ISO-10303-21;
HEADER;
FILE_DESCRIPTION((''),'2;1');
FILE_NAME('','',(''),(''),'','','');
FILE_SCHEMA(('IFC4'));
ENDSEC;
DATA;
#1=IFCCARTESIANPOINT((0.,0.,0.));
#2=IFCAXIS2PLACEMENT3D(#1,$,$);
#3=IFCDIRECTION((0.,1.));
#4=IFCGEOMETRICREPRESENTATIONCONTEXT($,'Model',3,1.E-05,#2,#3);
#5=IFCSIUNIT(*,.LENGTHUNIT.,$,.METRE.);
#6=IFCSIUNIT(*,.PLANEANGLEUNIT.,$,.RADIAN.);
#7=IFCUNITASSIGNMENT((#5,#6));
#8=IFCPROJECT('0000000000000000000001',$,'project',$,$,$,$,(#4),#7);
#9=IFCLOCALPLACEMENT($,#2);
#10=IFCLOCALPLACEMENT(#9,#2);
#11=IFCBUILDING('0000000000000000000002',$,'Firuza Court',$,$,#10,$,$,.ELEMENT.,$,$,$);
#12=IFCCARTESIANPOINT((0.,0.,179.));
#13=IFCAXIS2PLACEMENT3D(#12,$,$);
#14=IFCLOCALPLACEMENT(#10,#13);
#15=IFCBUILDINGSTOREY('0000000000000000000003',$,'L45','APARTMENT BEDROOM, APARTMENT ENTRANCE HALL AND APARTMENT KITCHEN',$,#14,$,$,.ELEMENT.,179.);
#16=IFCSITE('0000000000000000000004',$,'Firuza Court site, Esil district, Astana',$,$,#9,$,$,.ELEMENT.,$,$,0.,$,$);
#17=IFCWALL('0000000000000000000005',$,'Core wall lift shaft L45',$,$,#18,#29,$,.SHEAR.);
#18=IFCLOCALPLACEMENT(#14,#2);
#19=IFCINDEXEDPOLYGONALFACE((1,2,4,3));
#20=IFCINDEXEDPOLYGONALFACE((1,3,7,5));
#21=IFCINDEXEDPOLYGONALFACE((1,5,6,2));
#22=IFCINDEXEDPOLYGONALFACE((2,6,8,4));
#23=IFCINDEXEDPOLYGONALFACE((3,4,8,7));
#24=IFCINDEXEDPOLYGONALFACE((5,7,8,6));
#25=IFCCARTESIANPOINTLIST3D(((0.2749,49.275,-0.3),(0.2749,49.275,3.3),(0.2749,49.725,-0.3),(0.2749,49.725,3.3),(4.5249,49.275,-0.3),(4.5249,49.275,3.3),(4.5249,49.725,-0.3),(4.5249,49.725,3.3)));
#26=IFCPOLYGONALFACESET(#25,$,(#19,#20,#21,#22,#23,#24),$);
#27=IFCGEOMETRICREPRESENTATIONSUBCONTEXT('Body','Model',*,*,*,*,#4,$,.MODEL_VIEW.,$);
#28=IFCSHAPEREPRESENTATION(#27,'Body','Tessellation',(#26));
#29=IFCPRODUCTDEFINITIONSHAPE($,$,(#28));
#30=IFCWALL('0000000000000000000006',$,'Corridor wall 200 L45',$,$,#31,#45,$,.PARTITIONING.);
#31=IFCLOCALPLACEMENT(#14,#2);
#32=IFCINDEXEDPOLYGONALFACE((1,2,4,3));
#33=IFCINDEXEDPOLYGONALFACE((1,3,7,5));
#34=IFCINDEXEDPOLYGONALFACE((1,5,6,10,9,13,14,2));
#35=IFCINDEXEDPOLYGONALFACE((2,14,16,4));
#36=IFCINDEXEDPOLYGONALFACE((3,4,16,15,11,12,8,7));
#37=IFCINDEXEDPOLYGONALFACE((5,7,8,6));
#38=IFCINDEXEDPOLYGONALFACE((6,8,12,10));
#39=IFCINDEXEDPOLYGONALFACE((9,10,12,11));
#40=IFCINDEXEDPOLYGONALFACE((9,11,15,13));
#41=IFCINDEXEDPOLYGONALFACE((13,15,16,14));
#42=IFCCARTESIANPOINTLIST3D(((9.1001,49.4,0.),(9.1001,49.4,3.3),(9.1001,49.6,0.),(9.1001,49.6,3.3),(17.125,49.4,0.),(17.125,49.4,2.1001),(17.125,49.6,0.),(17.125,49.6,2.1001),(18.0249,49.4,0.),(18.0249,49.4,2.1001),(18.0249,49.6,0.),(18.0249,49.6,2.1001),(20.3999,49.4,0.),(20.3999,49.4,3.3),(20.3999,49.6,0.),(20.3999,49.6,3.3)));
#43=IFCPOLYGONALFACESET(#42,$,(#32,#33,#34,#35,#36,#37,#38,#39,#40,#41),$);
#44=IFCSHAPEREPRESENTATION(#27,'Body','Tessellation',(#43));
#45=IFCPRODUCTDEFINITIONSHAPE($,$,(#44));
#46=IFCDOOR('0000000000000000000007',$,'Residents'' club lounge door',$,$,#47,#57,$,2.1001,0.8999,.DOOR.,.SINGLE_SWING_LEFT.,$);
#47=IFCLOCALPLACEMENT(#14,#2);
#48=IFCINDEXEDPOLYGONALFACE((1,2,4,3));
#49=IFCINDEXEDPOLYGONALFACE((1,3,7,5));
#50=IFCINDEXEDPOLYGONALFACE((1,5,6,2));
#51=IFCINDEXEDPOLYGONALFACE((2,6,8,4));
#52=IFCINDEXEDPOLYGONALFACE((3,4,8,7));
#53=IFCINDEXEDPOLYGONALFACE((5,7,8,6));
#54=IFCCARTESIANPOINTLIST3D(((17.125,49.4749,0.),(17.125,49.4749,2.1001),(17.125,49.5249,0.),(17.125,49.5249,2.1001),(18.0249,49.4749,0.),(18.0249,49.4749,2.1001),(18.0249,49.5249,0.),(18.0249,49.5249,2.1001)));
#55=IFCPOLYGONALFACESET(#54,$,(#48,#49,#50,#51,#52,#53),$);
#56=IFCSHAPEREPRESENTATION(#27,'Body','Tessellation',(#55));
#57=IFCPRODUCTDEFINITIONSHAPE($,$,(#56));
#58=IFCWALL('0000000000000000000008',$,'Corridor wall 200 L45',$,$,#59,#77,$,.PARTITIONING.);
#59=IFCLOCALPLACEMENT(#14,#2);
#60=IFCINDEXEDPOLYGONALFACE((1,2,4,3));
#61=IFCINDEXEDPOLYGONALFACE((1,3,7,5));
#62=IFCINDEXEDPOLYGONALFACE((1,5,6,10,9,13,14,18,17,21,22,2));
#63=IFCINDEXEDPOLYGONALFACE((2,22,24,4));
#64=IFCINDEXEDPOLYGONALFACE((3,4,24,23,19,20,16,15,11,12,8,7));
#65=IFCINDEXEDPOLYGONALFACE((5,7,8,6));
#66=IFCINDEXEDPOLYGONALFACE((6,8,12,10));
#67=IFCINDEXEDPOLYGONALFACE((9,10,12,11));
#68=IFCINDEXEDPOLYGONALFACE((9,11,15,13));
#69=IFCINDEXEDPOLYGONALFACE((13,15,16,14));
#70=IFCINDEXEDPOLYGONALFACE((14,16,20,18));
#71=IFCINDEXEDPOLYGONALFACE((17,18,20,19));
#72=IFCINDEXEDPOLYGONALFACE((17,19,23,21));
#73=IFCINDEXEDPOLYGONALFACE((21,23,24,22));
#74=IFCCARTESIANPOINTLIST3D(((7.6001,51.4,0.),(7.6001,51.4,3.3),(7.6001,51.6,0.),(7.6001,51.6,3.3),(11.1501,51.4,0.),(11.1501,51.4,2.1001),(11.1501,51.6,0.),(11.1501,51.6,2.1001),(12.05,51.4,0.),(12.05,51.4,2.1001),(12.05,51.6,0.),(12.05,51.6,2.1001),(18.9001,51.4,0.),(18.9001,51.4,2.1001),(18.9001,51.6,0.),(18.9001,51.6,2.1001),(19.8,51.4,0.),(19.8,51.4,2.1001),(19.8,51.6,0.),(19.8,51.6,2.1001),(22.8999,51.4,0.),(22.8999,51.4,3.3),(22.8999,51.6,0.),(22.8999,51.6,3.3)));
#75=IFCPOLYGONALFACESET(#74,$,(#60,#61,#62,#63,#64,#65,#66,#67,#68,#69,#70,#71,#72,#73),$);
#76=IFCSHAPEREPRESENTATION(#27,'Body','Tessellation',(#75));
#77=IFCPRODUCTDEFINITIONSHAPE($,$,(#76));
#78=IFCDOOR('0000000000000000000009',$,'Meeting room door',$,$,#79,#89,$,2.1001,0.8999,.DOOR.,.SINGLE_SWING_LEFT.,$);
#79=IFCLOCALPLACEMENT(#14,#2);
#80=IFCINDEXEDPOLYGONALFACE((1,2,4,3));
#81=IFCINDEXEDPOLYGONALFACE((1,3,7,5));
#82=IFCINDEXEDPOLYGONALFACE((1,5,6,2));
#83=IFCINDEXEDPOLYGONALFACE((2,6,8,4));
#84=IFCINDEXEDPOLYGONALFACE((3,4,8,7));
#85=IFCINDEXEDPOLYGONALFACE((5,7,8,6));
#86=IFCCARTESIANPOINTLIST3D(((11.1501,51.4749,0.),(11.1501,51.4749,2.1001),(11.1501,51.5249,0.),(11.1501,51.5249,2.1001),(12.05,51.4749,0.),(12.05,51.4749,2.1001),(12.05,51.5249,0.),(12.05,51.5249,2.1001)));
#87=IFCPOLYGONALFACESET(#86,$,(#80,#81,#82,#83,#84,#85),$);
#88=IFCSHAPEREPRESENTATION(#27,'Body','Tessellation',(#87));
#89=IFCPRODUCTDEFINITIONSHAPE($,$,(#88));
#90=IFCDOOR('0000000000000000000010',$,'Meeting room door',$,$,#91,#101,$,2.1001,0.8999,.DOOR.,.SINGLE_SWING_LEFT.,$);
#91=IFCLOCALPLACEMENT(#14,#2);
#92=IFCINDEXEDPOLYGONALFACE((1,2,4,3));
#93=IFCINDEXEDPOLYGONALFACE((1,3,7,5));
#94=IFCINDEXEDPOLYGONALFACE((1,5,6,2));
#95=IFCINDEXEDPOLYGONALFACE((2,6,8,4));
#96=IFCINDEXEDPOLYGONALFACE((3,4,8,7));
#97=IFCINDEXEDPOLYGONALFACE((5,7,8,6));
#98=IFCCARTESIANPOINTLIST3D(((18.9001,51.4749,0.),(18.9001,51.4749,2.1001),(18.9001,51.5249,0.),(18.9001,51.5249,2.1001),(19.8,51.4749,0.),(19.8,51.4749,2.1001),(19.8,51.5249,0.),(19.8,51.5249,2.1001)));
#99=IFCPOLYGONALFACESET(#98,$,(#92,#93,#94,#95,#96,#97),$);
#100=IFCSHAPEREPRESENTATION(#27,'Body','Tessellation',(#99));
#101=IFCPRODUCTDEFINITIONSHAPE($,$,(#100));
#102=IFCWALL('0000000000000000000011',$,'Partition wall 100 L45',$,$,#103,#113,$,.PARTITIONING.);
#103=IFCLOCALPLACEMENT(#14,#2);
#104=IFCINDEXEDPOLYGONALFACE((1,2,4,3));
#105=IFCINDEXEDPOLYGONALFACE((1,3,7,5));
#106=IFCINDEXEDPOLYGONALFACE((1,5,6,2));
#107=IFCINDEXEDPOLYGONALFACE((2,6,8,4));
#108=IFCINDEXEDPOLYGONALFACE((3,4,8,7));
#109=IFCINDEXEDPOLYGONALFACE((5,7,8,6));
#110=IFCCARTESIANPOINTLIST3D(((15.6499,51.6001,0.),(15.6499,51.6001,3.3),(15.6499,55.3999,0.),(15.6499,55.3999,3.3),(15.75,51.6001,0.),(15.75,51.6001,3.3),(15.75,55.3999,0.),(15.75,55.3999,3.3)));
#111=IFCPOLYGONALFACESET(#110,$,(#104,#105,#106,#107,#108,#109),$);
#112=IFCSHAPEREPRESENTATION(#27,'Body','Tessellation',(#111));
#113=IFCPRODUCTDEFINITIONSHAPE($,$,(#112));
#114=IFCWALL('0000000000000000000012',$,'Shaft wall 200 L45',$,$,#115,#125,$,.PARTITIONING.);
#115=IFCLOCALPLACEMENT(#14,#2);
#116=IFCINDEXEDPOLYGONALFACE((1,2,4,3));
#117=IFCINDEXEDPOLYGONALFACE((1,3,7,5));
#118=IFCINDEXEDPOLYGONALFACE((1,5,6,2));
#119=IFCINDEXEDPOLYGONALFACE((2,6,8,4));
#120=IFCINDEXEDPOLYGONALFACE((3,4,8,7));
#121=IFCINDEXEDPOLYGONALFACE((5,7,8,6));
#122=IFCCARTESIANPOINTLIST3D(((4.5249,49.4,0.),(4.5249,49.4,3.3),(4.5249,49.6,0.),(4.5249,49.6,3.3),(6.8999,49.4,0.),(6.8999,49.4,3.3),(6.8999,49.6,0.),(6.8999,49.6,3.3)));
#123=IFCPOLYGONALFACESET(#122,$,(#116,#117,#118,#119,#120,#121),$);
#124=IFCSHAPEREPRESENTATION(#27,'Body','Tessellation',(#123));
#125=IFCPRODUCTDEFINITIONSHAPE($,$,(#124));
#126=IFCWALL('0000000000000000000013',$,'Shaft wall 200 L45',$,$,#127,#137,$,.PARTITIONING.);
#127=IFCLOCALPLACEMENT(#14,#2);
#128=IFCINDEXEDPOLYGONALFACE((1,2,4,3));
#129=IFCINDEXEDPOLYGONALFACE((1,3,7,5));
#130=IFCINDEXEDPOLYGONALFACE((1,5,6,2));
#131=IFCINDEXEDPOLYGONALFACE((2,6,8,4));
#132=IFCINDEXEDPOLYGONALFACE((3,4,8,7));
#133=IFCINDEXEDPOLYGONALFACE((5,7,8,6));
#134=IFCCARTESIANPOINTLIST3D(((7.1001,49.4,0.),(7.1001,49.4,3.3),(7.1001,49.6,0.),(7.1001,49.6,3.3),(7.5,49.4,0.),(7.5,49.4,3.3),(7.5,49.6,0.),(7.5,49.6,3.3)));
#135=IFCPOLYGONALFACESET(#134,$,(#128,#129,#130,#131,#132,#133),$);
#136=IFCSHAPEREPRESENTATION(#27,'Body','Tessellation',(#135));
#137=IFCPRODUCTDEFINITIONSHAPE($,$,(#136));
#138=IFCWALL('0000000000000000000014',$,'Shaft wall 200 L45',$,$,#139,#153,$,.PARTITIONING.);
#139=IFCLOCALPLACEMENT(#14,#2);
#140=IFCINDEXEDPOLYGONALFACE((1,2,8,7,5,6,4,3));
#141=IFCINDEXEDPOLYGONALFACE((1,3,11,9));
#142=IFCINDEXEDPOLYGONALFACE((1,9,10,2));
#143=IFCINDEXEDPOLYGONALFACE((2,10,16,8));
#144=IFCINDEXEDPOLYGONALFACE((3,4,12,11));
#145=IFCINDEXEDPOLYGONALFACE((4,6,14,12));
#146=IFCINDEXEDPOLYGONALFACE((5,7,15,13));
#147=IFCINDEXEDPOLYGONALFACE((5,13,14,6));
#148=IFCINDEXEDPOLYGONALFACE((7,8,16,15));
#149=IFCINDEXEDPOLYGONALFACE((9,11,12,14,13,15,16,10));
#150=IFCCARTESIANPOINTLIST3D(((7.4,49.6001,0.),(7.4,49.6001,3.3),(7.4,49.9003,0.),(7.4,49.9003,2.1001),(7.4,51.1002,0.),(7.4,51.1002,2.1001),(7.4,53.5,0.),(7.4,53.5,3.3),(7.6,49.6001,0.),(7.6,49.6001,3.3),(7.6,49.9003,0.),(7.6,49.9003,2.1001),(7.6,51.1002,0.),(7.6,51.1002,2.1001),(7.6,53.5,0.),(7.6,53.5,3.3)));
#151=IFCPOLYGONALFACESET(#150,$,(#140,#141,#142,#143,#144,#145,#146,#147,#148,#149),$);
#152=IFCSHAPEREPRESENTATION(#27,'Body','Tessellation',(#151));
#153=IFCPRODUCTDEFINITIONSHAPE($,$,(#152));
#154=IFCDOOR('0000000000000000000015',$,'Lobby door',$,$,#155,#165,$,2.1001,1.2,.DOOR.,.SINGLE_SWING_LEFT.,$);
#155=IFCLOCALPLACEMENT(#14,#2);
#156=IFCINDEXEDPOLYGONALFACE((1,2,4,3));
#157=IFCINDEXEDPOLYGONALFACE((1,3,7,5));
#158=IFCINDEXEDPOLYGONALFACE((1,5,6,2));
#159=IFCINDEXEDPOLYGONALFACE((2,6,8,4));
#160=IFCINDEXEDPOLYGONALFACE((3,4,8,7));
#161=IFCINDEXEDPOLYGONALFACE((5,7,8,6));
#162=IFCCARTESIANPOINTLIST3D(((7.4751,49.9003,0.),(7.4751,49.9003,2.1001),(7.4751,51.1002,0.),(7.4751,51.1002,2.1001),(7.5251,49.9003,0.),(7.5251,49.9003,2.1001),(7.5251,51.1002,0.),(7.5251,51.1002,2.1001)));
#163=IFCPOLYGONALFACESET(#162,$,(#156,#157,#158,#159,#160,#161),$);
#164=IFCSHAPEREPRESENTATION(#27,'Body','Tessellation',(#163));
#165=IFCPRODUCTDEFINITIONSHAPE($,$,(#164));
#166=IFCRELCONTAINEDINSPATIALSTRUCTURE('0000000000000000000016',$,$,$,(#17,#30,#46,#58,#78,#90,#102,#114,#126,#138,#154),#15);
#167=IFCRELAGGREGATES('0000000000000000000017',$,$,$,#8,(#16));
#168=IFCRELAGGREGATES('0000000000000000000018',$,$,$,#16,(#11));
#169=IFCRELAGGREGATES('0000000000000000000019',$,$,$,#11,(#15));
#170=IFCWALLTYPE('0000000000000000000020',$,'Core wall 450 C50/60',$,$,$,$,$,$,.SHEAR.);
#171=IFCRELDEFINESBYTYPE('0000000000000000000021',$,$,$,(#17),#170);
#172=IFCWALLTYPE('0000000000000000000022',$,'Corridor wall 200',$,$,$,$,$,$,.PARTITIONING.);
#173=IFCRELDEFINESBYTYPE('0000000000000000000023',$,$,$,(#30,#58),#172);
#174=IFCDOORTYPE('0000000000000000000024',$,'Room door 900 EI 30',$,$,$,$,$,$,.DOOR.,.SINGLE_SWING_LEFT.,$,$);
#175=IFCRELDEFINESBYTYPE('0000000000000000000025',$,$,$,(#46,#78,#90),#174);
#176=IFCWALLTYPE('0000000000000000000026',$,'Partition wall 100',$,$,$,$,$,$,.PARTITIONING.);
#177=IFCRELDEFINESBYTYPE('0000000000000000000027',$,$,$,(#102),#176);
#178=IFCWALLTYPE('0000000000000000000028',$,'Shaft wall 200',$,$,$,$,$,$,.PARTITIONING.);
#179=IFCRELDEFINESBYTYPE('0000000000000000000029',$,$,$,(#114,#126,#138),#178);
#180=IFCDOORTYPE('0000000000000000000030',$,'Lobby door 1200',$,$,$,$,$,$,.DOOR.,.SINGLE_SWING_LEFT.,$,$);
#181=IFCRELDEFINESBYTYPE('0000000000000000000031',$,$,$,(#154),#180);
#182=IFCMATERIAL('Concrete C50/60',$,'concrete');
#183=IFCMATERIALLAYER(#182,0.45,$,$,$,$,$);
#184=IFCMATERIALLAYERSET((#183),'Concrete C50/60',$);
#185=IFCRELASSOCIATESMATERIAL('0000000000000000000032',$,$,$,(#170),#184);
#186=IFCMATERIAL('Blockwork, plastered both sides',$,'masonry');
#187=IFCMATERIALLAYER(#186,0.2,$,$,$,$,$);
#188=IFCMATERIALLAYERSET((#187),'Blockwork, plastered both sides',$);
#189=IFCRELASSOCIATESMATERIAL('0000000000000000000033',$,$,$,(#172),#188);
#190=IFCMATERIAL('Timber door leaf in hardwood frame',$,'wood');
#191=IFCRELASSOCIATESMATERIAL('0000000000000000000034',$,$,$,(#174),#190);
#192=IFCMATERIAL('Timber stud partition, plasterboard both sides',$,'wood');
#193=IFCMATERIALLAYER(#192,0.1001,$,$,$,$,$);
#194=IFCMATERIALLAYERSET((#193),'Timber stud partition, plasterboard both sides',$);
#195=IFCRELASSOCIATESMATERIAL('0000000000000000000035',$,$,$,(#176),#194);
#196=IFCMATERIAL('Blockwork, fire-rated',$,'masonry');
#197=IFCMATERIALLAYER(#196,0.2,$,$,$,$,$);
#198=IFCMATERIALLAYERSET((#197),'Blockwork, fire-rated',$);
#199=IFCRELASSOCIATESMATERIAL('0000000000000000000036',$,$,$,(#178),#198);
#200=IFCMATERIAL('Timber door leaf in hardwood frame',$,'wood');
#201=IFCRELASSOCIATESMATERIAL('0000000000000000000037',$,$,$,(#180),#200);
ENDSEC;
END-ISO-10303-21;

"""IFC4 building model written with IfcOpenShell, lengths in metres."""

from ifc_helpers import new_model, si_unit, direction, frame, frame_2d, origin, place, context, subcontext, project, spatial, rectangle, extrude, material, layer, layer_set, type_object, element, fill, save


model = new_model("IFC4")

# Units and contexts
model_context = context("Model", 3, precision=1e-05, world=origin(), true_north=direction((0.0, 1.0)))
body_context = subcontext(model_context, "Body", "Model", "MODEL_VIEW")
ifc_project = project(units=[si_unit("LENGTHUNIT", "METRE"), si_unit("PLANEANGLEUNIT", "RADIAN")], contexts=[model_context])

# Site, building, storey
site_placement = place(None, origin())
site = spatial("IfcSite", under=ifc_project, at=site_placement, Name="Firuza Court site, Esil district, Astana", CompositionType="ELEMENT", RefElevation=0.0)
building_placement = place(site_placement, origin())
building = spatial("IfcBuilding", under=site, at=building_placement, Name="Firuza Court", CompositionType="ELEMENT")
storey_placement = place(building_placement, frame((0.0, 0.0, 179.0)))
storey = spatial("IfcBuildingStorey", under=building, at=storey_placement, Name="L45", Description="APARTMENT BEDROOM, APARTMENT ENTRANCE HALL AND APARTMENT KITCHEN", CompositionType="ELEMENT", Elevation=179.0)

# Shared definitions
ifc_material_1 = material(Name="Concrete C50/60", Category="concrete")

# Wall
ifc_layer_1 = layer(ifc_material_1, 0.45)
ifc_layer_set_1 = layer_set([ifc_layer_1], Name="Concrete C50/60")
wall_type_1 = type_object("IfcWallType", Name="Core wall 450 C50/60", PredefinedType="SHEAR", material=ifc_layer_set_1)
wall_1_placement = place(storey_placement, frame((0.2749, 49.5, -0.3), z_axis=(0.0, 0.0, 1.0), x_axis=(1.0, 0.0, 0.0)))
element("IfcWall", 1, at=wall_1_placement, inside=storey, type_object=wall_type_1, Name="Core wall lift shaft L45", PredefinedType="SHEAR", context=body_context, shape_type="SweptSolid", body=[
    extrude(rectangle(XDim=4.25, YDim=0.45, at=frame_2d((2.125, 0.0))), origin(), (0.0, 0.0, 1.0), 3.6001),
])

# Wall, opening, door
ifc_material_2 = material(Name="Blockwork, plastered both sides", Category="masonry")
ifc_layer_2 = layer(ifc_material_2, 0.2)
ifc_layer_set_2 = layer_set([ifc_layer_2], Name="Blockwork, plastered both sides")
wall_type_2 = type_object("IfcWallType", Name="Corridor wall 200", PredefinedType="PARTITIONING", material=ifc_layer_set_2)
wall_2_placement = place(storey_placement, frame((9.1001, 49.5, 0.0), z_axis=(0.0, 0.0, 1.0), x_axis=(1.0, 0.0, 0.0)))
wall_2 = element("IfcWall", 2, at=wall_2_placement, inside=storey, type_object=wall_type_2, Name="Corridor wall 200 L45", PredefinedType="PARTITIONING", context=body_context, shape_type="SweptSolid", body=[
    extrude(rectangle(XDim=11.2998, YDim=0.2, at=frame_2d((5.6499, 0.0))), origin(), (0.0, 0.0, 1.0), 3.3),
])
opening_1_placement = place(wall_2_placement, frame((8.0249, 0.0, 0.0)))
opening_1 = element("IfcOpeningElement", 3, at=opening_1_placement, cuts=wall_2, PredefinedType="OPENING", context=body_context, shape_type="SweptSolid", body=[
    extrude(rectangle(XDim=0.8999, YDim=2.1001, at=frame_2d((0.45, 1.05))), frame((0.0, 0.1118, 0.0), z_axis=(0.0, -1.0, 0.0), x_axis=(1.0, 0.0, 0.0)), (0.0, 0.0, 1.0), 0.2239),
])
ifc_material_3 = material(Name="Timber door leaf in hardwood frame", Category="wood")
door_type_1 = type_object("IfcDoorType", Name="Room door 900 EI 30", OperationType="SINGLE_SWING_LEFT", PredefinedType="DOOR", material=ifc_material_3)
door_1_placement = place(opening_1_placement, origin())
door_1 = element("IfcDoor", 4, at=door_1_placement, inside=storey, type_object=door_type_1, Name="Residents' club lounge door", OperationType="SINGLE_SWING_LEFT", OverallHeight=2.1001, OverallWidth=0.8999, PredefinedType="DOOR", context=body_context, shape_type="SweptSolid", body=[
    extrude(rectangle(XDim=0.8999, YDim=2.1001, at=frame_2d((0.45, 1.05))), frame((0.0, 0.0249, 0.0), z_axis=(0.0, -1.0, 0.0), x_axis=(1.0, 0.0, 0.0)), (0.0, 0.0, 1.0), 0.05),
])
fill(opening_1, door_1)

# Wall, openings, doors
wall_3_placement = place(storey_placement, frame((7.6001, 51.5, 0.0), z_axis=(0.0, 0.0, 1.0), x_axis=(1.0, 0.0, 0.0)))
wall_3 = element("IfcWall", 5, at=wall_3_placement, inside=storey, type_object=wall_type_2, Name="Corridor wall 200 L45", PredefinedType="PARTITIONING", context=body_context, shape_type="SweptSolid", body=[
    extrude(rectangle(XDim=15.2998, YDim=0.2, at=frame_2d((7.6499, 0.0))), origin(), (0.0, 0.0, 1.0), 3.3),
])
opening_2_placement = place(wall_3_placement, frame((3.55, 0.0, 0.0)))
opening_2 = element("IfcOpeningElement", 6, at=opening_2_placement, cuts=wall_3, PredefinedType="OPENING", context=body_context, shape_type="SweptSolid", body=[
    extrude(rectangle(XDim=0.8999, YDim=2.1001, at=frame_2d((0.45, 1.05))), frame((0.0, 0.1118, 0.0), z_axis=(0.0, -1.0, 0.0), x_axis=(1.0, 0.0, 0.0)), (0.0, 0.0, 1.0), 0.2239),
])
opening_3_placement = place(wall_3_placement, frame((11.3, 0.0, 0.0)))
opening_3 = element("IfcOpeningElement", 7, at=opening_3_placement, cuts=wall_3, PredefinedType="OPENING", context=body_context, shape_type="SweptSolid", body=[
    extrude(rectangle(XDim=0.8999, YDim=2.1001, at=frame_2d((0.45, 1.05))), frame((0.0, 0.1118, 0.0), z_axis=(0.0, -1.0, 0.0), x_axis=(1.0, 0.0, 0.0)), (0.0, 0.0, 1.0), 0.2239),
])
door_2_placement = place(opening_2_placement, origin())
door_2 = element("IfcDoor", 8, at=door_2_placement, inside=storey, type_object=door_type_1, Name="Meeting room door", OperationType="SINGLE_SWING_LEFT", OverallHeight=2.1001, OverallWidth=0.8999, PredefinedType="DOOR", context=body_context, shape_type="SweptSolid", body=[
    extrude(rectangle(XDim=0.8999, YDim=2.1001, at=frame_2d((0.45, 1.05))), frame((0.0, 0.0249, 0.0), z_axis=(0.0, -1.0, 0.0), x_axis=(1.0, 0.0, 0.0)), (0.0, 0.0, 1.0), 0.05),
])
fill(opening_2, door_2)
door_3_placement = place(opening_3_placement, origin())
door_3 = element("IfcDoor", 9, at=door_3_placement, inside=storey, type_object=door_type_1, Name="Meeting room door", OperationType="SINGLE_SWING_LEFT", OverallHeight=2.1001, OverallWidth=0.8999, PredefinedType="DOOR", context=body_context, shape_type="SweptSolid", body=[
    extrude(rectangle(XDim=0.8999, YDim=2.1001, at=frame_2d((0.45, 1.05))), frame((0.0, 0.0249, 0.0), z_axis=(0.0, -1.0, 0.0), x_axis=(1.0, 0.0, 0.0)), (0.0, 0.0, 1.0), 0.05),
])
fill(opening_3, door_3)

# Walls
ifc_material_4 = material(Name="Timber stud partition, plasterboard both sides", Category="wood")
ifc_layer_3 = layer(ifc_material_4, 0.1001)
ifc_layer_set_3 = layer_set([ifc_layer_3], Name="Timber stud partition, plasterboard both sides")
wall_type_3 = type_object("IfcWallType", Name="Partition wall 100", PredefinedType="PARTITIONING", material=ifc_layer_set_3)
wall_4_placement = place(storey_placement, frame((15.7, 51.6001, 0.0), z_axis=(0.0, 0.0, 1.0), x_axis=(0.0, 1.0, 0.0)))
element("IfcWall", 10, at=wall_4_placement, inside=storey, type_object=wall_type_3, Name="Partition wall 100 L45", PredefinedType="PARTITIONING", context=body_context, shape_type="SweptSolid", body=[
    extrude(rectangle(XDim=3.7998, YDim=0.1001, at=frame_2d((1.8999, 0.0))), origin(), (0.0, 0.0, 1.0), 3.3),
])
ifc_material_5 = material(Name="Blockwork, fire-rated", Category="masonry")
ifc_layer_4 = layer(ifc_material_5, 0.2)
ifc_layer_set_4 = layer_set([ifc_layer_4], Name="Blockwork, fire-rated")
wall_type_4 = type_object("IfcWallType", Name="Shaft wall 200", PredefinedType="PARTITIONING", material=ifc_layer_set_4)
wall_5_placement = place(storey_placement, frame((4.5249, 49.5, 0.0), z_axis=(0.0, 0.0, 1.0), x_axis=(1.0, 0.0, 0.0)))
element("IfcWall", 11, at=wall_5_placement, inside=storey, type_object=wall_type_4, Name="Shaft wall 200 L45", PredefinedType="PARTITIONING", context=body_context, shape_type="SweptSolid", body=[
    extrude(rectangle(XDim=2.375, YDim=0.2, at=frame_2d((1.1875, 0.0))), origin(), (0.0, 0.0, 1.0), 3.3),
])
wall_6_placement = place(storey_placement, frame((7.1001, 49.5, 0.0), z_axis=(0.0, 0.0, 1.0), x_axis=(1.0, 0.0, 0.0)))
element("IfcWall", 12, at=wall_6_placement, inside=storey, type_object=wall_type_4, Name="Shaft wall 200 L45", PredefinedType="PARTITIONING", context=body_context, shape_type="SweptSolid", body=[
    extrude(rectangle(XDim=0.3999, YDim=0.2, at=frame_2d((0.2, 0.0))), origin(), (0.0, 0.0, 1.0), 3.3),
])

# Wall, opening, door
wall_7_placement = place(storey_placement, frame((7.5, 49.6001, 0.0), z_axis=(0.0, 0.0, 1.0), x_axis=(0.0, 1.0, 0.0)))
wall_7 = element("IfcWall", 13, at=wall_7_placement, inside=storey, type_object=wall_type_4, Name="Shaft wall 200 L45", PredefinedType="PARTITIONING", context=body_context, shape_type="SweptSolid", body=[
    extrude(rectangle(XDim=3.8999, YDim=0.2, at=frame_2d((1.95, 0.0))), origin(), (0.0, 0.0, 1.0), 3.3),
])
opening_4_placement = place(wall_7_placement, frame((0.3, 0.0, 0.0)))
opening_4 = element("IfcOpeningElement", 14, at=opening_4_placement, cuts=wall_7, PredefinedType="OPENING", context=body_context, shape_type="SweptSolid", body=[
    extrude(rectangle(XDim=1.2, YDim=2.1001, at=frame_2d((0.6001, 1.05))), frame((0.0, 0.1118, 0.0), z_axis=(0.0, -1.0, 0.0), x_axis=(1.0, 0.0, 0.0)), (0.0, 0.0, 1.0), 0.2239),
])
ifc_material_6 = material(Name="Timber door leaf in hardwood frame", Category="wood")
door_type_2 = type_object("IfcDoorType", Name="Lobby door 1200", OperationType="SINGLE_SWING_LEFT", PredefinedType="DOOR", material=ifc_material_6)
door_4_placement = place(opening_4_placement, origin())
door_4 = element("IfcDoor", 15, at=door_4_placement, inside=storey, type_object=door_type_2, Name="Lobby door", OperationType="SINGLE_SWING_LEFT", OverallHeight=2.1001, OverallWidth=1.2, PredefinedType="DOOR", context=body_context, shape_type="SweptSolid", body=[
    extrude(rectangle(XDim=1.2, YDim=2.1001, at=frame_2d((0.6001, 1.05))), frame((0.0, 0.0249, 0.0), z_axis=(0.0, -1.0, 0.0), x_axis=(1.0, 0.0, 0.0)), (0.0, 0.0, 1.0), 0.05),
])
fill(opening_4, door_4)

save(model, "model.ifc")
